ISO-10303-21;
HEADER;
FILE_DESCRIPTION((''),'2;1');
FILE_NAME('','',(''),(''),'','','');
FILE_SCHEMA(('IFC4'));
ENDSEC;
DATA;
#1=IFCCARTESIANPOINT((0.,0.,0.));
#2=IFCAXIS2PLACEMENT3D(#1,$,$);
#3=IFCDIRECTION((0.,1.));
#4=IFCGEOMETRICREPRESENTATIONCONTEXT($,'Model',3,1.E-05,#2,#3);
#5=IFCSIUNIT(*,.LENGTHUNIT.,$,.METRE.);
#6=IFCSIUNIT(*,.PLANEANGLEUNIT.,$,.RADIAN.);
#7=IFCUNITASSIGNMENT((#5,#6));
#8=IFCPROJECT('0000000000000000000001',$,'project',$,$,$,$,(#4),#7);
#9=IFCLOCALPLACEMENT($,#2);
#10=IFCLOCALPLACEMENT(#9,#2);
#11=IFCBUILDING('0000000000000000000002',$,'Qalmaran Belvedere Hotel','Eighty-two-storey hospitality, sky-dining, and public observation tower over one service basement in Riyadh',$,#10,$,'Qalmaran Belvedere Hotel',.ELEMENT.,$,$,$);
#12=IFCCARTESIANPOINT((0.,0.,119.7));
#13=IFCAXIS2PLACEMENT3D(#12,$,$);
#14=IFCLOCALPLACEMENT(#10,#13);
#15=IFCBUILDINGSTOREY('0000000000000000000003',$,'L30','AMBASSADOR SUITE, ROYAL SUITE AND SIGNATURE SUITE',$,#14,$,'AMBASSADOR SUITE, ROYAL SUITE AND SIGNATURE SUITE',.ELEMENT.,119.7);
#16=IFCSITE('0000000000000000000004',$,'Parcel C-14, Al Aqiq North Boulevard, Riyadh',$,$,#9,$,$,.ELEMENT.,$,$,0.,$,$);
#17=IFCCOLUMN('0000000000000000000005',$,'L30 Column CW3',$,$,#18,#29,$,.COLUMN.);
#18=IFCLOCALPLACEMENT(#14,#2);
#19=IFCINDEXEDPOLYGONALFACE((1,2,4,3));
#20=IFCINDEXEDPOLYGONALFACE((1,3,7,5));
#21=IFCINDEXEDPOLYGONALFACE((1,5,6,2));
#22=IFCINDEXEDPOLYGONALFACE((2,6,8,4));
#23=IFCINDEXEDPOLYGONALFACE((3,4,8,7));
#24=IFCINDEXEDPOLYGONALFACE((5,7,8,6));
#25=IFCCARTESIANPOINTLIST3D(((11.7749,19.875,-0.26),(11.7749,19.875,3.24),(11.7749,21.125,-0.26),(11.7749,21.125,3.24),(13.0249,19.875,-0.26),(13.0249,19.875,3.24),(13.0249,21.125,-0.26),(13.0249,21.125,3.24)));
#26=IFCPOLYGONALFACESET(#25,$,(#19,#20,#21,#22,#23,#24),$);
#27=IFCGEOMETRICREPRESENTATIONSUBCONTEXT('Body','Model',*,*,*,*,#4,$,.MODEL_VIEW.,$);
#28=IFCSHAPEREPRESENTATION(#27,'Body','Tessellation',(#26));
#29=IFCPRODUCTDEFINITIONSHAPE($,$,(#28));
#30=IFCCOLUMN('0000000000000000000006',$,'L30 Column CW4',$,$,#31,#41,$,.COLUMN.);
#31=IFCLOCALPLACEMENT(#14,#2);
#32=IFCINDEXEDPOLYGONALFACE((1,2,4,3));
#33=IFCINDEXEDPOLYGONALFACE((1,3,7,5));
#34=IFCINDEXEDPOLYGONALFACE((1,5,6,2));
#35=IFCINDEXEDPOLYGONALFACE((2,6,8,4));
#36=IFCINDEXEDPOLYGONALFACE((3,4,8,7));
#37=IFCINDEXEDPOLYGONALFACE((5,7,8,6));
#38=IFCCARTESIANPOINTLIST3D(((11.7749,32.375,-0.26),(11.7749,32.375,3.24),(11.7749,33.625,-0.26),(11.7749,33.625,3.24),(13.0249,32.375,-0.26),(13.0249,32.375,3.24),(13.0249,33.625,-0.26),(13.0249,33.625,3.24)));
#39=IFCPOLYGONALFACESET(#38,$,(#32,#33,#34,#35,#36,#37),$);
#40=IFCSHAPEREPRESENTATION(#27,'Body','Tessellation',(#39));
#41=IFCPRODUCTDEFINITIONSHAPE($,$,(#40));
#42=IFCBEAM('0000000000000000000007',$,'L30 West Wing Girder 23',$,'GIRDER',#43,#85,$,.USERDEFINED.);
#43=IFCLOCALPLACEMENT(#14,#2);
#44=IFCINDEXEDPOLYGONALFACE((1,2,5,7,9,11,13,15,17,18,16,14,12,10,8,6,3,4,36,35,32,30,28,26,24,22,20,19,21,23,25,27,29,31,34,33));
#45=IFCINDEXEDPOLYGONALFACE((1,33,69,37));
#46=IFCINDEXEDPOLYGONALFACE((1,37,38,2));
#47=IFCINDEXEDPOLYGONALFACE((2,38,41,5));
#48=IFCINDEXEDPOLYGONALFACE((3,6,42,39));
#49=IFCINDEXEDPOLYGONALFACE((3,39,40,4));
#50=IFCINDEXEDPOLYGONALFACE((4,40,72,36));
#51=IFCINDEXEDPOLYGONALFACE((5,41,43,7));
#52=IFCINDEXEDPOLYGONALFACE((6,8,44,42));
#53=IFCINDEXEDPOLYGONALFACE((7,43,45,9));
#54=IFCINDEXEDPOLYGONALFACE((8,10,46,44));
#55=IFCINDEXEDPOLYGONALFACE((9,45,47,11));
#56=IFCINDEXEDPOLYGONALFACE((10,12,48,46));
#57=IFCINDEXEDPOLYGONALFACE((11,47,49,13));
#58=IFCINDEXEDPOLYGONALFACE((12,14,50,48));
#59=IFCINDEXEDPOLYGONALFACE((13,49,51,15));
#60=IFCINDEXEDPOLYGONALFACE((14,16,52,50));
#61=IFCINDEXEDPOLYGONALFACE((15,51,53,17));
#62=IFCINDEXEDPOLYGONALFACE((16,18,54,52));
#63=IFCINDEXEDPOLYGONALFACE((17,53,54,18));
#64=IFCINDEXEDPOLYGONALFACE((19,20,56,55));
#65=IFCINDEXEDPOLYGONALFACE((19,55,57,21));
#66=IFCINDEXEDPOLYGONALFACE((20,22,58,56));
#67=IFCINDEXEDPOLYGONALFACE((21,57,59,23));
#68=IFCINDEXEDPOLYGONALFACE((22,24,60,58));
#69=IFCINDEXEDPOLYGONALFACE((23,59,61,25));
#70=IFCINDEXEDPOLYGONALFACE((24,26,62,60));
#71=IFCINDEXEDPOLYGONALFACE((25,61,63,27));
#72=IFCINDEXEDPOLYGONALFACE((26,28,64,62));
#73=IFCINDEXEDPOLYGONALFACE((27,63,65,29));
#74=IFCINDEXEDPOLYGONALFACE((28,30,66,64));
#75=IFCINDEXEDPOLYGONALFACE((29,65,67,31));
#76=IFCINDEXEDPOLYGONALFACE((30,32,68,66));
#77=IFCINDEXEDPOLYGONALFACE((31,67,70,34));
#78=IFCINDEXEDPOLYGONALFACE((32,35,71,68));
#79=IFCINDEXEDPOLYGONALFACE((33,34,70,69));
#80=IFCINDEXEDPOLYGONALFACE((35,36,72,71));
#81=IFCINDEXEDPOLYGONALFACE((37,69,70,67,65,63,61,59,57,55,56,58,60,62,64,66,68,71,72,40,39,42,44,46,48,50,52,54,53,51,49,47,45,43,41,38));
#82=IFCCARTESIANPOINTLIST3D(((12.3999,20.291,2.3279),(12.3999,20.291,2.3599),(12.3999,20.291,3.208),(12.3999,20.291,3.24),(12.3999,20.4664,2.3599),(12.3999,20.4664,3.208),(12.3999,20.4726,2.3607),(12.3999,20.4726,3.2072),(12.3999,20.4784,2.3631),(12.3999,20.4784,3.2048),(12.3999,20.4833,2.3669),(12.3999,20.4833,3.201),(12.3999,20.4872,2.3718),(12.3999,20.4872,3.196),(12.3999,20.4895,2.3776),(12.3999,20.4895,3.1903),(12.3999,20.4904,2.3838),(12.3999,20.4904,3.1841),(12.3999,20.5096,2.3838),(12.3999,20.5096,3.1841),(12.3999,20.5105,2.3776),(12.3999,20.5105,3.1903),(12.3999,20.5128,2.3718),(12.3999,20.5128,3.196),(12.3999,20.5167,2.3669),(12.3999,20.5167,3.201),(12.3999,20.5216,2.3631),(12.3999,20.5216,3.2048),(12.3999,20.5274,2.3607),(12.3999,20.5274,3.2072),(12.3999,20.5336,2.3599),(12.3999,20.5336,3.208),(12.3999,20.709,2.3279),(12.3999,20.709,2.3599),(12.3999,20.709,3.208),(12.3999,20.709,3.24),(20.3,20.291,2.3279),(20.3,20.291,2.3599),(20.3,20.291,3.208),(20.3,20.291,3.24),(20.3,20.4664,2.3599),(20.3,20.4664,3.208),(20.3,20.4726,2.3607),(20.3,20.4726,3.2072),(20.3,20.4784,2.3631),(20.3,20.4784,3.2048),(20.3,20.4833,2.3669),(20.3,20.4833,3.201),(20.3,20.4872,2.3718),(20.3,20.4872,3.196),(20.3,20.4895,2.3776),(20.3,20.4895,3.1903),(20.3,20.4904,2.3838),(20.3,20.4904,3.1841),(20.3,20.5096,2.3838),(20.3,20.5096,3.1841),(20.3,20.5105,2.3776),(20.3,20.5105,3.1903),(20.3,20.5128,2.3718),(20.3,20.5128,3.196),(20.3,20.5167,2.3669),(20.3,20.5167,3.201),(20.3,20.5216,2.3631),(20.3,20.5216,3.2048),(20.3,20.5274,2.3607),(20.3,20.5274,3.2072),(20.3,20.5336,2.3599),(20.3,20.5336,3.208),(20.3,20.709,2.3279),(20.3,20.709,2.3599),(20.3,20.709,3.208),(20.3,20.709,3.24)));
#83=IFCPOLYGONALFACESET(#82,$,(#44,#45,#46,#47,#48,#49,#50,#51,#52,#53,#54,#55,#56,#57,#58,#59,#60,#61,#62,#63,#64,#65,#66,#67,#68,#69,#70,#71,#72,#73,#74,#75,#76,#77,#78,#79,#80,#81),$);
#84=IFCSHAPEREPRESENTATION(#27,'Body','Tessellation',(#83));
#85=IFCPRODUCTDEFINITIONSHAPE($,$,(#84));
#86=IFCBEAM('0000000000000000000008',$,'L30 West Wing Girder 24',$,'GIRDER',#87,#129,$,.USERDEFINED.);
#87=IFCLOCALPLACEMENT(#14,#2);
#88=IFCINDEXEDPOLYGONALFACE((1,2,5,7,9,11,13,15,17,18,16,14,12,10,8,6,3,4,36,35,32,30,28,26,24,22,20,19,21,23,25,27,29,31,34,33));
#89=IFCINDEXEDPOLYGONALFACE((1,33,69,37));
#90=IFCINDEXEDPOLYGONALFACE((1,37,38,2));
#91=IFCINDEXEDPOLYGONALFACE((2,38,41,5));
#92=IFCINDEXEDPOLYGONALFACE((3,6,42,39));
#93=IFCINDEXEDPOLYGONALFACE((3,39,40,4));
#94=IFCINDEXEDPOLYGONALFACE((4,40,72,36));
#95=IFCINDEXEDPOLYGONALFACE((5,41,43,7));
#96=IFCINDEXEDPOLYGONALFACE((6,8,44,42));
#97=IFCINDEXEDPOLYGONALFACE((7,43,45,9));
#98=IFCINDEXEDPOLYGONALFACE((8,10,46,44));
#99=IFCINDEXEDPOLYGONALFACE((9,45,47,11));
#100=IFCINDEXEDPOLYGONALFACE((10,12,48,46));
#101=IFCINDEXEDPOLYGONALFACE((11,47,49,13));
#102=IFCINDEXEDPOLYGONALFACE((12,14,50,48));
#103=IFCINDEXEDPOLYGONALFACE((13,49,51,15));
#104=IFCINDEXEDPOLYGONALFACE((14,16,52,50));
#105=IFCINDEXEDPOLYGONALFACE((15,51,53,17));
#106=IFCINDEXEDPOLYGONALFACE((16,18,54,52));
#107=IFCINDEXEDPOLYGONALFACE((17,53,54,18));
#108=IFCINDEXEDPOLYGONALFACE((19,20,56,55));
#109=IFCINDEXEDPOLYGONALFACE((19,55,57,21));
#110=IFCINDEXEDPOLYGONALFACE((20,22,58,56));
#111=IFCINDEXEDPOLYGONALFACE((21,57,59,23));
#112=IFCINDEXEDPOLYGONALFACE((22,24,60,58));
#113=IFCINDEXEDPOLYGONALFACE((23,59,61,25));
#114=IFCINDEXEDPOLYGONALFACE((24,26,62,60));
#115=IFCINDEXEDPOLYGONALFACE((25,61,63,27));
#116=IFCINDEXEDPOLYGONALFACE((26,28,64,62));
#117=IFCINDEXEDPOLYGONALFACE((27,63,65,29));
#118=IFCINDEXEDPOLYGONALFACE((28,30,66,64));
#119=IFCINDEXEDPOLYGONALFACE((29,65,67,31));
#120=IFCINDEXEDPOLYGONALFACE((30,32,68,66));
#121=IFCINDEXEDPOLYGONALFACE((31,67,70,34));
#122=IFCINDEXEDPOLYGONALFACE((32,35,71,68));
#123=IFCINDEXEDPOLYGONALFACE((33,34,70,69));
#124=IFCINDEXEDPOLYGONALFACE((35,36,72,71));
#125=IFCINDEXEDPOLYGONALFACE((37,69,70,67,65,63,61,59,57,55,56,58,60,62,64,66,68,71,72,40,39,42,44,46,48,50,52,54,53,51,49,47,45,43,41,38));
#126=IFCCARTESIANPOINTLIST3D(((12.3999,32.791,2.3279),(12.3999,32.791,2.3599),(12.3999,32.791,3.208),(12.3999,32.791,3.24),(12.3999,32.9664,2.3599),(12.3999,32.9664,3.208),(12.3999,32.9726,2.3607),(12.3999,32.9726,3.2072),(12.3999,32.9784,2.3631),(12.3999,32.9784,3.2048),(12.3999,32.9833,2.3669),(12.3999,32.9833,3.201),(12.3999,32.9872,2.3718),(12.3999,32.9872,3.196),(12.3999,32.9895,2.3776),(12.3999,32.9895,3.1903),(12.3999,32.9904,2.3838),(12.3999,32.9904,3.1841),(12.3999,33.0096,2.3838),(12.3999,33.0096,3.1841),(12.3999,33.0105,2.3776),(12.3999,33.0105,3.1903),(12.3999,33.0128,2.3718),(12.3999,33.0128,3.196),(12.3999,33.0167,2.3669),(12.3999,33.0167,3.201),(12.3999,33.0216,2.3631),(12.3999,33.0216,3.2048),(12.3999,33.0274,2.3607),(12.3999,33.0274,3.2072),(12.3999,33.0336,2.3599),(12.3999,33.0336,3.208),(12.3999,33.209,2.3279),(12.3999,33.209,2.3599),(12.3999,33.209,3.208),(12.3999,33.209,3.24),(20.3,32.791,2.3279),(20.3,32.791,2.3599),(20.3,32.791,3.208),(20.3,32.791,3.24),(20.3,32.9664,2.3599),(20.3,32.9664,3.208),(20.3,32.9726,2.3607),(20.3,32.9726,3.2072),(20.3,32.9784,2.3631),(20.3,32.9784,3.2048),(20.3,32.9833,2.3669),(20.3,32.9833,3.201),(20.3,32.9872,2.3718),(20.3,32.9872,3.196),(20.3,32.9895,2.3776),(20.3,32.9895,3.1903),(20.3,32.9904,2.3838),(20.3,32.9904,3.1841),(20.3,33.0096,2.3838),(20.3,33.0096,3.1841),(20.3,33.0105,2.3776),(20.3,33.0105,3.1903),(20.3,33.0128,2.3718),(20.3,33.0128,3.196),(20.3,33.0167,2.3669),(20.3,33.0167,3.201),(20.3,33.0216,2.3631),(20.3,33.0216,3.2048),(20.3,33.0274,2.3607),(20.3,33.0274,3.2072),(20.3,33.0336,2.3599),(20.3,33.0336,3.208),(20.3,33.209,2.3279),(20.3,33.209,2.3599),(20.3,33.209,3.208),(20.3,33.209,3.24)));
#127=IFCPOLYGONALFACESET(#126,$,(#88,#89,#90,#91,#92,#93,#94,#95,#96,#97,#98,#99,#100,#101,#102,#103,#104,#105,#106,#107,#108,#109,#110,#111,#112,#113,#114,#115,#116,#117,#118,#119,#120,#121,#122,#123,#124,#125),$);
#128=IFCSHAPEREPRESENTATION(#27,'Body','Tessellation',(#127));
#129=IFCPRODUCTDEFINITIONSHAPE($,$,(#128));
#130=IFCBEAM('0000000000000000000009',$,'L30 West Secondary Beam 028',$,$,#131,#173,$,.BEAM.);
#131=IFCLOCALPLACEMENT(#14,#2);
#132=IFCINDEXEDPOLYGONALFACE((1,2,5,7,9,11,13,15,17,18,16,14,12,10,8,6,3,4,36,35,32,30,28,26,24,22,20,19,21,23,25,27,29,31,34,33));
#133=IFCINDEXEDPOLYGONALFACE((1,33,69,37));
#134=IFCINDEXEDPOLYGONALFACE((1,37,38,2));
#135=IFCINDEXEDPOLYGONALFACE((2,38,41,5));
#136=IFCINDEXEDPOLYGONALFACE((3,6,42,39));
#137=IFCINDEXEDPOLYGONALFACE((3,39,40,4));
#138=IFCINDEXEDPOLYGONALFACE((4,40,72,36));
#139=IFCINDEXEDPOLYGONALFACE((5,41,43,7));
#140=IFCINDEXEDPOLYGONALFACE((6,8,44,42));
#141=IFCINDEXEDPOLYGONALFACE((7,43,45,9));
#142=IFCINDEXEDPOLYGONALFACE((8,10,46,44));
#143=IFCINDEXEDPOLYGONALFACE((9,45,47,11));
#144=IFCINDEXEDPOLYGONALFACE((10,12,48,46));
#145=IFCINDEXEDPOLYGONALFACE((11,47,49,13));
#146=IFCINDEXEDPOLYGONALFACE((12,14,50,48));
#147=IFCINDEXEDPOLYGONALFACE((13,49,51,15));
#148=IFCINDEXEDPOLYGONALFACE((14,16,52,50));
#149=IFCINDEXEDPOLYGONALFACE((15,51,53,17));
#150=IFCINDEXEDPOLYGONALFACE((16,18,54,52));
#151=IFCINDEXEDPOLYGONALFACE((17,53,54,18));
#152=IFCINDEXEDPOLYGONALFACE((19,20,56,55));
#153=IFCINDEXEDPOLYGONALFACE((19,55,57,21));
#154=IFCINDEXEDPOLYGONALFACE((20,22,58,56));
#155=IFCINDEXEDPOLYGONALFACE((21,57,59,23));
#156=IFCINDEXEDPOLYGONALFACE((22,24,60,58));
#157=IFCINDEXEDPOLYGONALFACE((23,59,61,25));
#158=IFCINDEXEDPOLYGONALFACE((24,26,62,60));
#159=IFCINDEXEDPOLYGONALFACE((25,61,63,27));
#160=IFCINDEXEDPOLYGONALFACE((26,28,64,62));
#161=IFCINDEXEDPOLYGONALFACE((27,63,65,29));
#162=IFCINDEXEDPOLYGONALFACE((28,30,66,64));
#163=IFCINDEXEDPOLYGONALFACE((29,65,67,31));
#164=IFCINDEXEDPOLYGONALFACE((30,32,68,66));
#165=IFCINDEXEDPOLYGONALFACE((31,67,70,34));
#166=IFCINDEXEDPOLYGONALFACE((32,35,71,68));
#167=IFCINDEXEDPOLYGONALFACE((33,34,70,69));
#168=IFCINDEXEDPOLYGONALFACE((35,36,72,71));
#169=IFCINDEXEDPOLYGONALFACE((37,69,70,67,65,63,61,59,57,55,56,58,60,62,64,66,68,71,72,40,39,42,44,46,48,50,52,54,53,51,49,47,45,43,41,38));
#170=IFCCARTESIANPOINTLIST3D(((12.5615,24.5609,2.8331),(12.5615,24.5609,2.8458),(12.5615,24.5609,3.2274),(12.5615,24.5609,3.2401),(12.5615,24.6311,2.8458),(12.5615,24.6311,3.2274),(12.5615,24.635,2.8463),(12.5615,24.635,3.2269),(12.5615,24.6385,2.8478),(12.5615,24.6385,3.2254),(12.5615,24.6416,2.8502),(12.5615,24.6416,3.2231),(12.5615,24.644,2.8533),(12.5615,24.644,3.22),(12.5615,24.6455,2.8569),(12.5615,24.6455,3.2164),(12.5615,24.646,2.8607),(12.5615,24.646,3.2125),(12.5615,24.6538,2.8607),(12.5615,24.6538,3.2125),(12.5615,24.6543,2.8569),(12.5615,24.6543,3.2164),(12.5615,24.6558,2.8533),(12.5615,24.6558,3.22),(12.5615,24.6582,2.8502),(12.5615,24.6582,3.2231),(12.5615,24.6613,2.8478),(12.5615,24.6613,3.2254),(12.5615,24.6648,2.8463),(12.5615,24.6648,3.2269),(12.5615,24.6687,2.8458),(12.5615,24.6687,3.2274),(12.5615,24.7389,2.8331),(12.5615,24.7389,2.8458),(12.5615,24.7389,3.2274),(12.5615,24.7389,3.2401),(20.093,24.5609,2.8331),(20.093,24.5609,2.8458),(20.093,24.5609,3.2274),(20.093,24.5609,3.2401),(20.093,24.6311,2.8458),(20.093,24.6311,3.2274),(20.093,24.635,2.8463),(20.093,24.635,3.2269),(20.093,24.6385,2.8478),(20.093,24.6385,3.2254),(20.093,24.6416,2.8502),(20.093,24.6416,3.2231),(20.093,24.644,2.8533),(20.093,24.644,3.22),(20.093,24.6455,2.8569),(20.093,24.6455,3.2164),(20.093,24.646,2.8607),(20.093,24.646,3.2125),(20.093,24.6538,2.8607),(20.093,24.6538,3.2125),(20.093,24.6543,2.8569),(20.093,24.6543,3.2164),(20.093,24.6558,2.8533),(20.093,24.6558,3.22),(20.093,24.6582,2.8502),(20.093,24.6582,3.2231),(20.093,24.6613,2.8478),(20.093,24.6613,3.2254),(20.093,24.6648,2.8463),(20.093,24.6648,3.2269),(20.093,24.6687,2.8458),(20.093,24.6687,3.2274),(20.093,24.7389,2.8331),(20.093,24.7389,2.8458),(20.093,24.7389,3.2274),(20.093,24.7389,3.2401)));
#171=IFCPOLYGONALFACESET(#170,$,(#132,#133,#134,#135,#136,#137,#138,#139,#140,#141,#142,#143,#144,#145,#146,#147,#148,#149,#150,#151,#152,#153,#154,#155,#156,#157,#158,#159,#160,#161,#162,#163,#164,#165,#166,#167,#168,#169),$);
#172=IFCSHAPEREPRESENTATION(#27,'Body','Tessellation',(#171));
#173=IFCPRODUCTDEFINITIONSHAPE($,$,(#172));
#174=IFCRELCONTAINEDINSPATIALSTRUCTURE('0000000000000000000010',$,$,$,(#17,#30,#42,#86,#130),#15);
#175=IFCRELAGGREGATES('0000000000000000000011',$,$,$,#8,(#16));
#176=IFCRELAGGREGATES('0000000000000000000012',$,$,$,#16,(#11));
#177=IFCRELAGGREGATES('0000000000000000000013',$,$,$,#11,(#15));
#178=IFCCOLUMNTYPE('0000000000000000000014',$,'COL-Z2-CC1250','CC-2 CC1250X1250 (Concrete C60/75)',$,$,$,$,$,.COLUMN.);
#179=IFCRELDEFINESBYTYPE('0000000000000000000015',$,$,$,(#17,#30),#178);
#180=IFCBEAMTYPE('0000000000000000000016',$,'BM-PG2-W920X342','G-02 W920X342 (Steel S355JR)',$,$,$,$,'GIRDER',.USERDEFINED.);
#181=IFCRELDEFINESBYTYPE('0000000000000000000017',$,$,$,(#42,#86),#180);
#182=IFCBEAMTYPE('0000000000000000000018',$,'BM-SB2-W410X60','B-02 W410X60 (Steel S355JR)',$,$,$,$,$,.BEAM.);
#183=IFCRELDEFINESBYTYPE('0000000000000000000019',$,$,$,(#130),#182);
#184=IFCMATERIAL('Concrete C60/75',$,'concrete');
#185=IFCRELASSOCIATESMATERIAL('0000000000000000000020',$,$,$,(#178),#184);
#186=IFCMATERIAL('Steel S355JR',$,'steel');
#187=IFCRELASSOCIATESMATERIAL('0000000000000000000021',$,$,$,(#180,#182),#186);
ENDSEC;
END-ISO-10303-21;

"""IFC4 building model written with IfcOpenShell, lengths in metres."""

from ifc_helpers import new_model, si_unit, direction, frame, origin, origin_2d, place, context, subcontext, project, spatial, rectangle, i_section, extrude, material, material_profile, profile_set, type_object, element, save


model = new_model("IFC4")

# Units and contexts
model_context = context("Model", 3, precision=1e-05, world=origin(), true_north=direction((0.0, 1.0)))
body_context = subcontext(model_context, "Body", "Model", "MODEL_VIEW")
ifc_project = project(units=[si_unit("LENGTHUNIT", "METRE"), si_unit("PLANEANGLEUNIT", "RADIAN")], contexts=[model_context])

# Site, building, storey
site_placement = place(None, origin())
site = spatial("IfcSite", under=ifc_project, at=site_placement, Name="Parcel C-14, Al Aqiq North Boulevard, Riyadh", CompositionType="ELEMENT", RefElevation=0.0)
building_placement = place(site_placement, origin())
building = spatial("IfcBuilding", under=site, at=building_placement, Name="Qalmaran Belvedere Hotel", Description="Eighty-two-storey hospitality, sky-dining, and public observation tower over one service basement in Riyadh", LongName="Qalmaran Belvedere Hotel", CompositionType="ELEMENT")
storey_placement = place(building_placement, frame((0.0, 0.0, 119.7)))
storey = spatial("IfcBuildingStorey", under=building, at=storey_placement, Name="L30", Description="AMBASSADOR SUITE, ROYAL SUITE AND SIGNATURE SUITE", LongName="AMBASSADOR SUITE, ROYAL SUITE AND SIGNATURE SUITE", CompositionType="ELEMENT", Elevation=119.7)

# Columns
ifc_material_1 = material(Name="Concrete C60/75", Category="concrete")
ifc_material_profile_1 = material_profile(ifc_material_1, rectangle(XDim=1.25, YDim=1.25, at=origin_2d()), Name="CC1250X1250")
ifc_profile_set_1 = profile_set([ifc_material_profile_1], Name="Concrete C60/75")
column_type = type_object("IfcColumnType", Name="COL-Z2-CC1250", Description="CC-2 CC1250X1250 (Concrete C60/75)", PredefinedType="COLUMN", material=ifc_profile_set_1)
for number, where, z_axis, x_axis, name in (
    (1, (12.3999, 20.5, -0.26), (0.0, 0.0, 1.0), (1.0, 0.0, 0.0), "L30 Column CW3"),
    (2, (12.3999, 33.0, -0.26), (0.0, 0.0, 1.0), (1.0, 0.0, 0.0), "L30 Column CW4"),
):
    element("IfcColumn", number, at=place(storey_placement, frame(where, z_axis=z_axis, x_axis=x_axis)), inside=storey, type_object=column_type, Name=name, PredefinedType="COLUMN", context=body_context, shape_type="SweptSolid", body=[
        extrude(rectangle(XDim=1.25, YDim=1.25, at=origin_2d()), origin(), (0.0, 0.0, 1.0), 3.5),
    ])

# Beams
ifc_material_2 = material(Name="Steel S355JR", Category="steel")
ifc_material_profile_2 = material_profile(ifc_material_2, i_section(OverallWidth=0.418, OverallDepth=0.9121, WebThickness=0.0193, FlangeThickness=0.032, FilletRadius=0.0239, at=origin_2d()), Name="W920X342")
ifc_profile_set_2 = profile_set([ifc_material_profile_2], Name="Steel S355JR")
beam_type_1 = type_object("IfcBeamType", Name="BM-PG2-W920X342", Description="G-02 W920X342 (Steel S355JR)", ElementType="GIRDER", PredefinedType="USERDEFINED", material=ifc_profile_set_2)
for number, where, z_axis, x_axis, name in (
    (3, (12.3999, 20.5, 2.7839), (1.0, 0.0, 0.0), (0.0, 1.0, 0.0), "L30 West Wing Girder 23"),
    (4, (12.3999, 33.0, 2.7839), (1.0, 0.0, 0.0), (0.0, 1.0, 0.0), "L30 West Wing Girder 24"),
):
    element("IfcBeam", number, at=place(storey_placement, frame(where, z_axis=z_axis, x_axis=x_axis)), inside=storey, type_object=beam_type_1, Name=name, ObjectType="GIRDER", PredefinedType="USERDEFINED", context=body_context, shape_type="SweptSolid", body=[
        extrude(i_section(OverallWidth=0.418, OverallDepth=0.9121, WebThickness=0.0193, FlangeThickness=0.032, FilletRadius=0.0239, at=origin_2d()), origin(), (0.0, 0.0, 1.0), 7.9001),
    ])
ifc_material_profile_3 = material_profile(ifc_material_2, i_section(OverallWidth=0.178, OverallDepth=0.407, WebThickness=0.0078, FlangeThickness=0.0127, FilletRadius=0.0149, at=origin_2d()), Name="W410X60")
ifc_profile_set_3 = profile_set([ifc_material_profile_3], Name="Steel S355JR")
beam_type_2 = type_object("IfcBeamType", Name="BM-SB2-W410X60", Description="B-02 W410X60 (Steel S355JR)", PredefinedType="BEAM", material=ifc_profile_set_3)
for number, where, z_axis, x_axis, name in (
    (5, (12.5615, 24.6499, 3.0366), (1.0, 0.0, 0.0), (0.0, 1.0, 0.0), "L30 West Secondary Beam 028"),
):
    element("IfcBeam", number, at=place(storey_placement, frame(where, z_axis=z_axis, x_axis=x_axis)), inside=storey, type_object=beam_type_2, Name=name, PredefinedType="BEAM", context=body_context, shape_type="SweptSolid", body=[
        extrude(i_section(OverallWidth=0.178, OverallDepth=0.407, WebThickness=0.0078, FlangeThickness=0.0127, FilletRadius=0.0149, at=origin_2d()), origin(), (0.0, 0.0, 1.0), 7.5315),
    ])

save(model, "model.ifc")
